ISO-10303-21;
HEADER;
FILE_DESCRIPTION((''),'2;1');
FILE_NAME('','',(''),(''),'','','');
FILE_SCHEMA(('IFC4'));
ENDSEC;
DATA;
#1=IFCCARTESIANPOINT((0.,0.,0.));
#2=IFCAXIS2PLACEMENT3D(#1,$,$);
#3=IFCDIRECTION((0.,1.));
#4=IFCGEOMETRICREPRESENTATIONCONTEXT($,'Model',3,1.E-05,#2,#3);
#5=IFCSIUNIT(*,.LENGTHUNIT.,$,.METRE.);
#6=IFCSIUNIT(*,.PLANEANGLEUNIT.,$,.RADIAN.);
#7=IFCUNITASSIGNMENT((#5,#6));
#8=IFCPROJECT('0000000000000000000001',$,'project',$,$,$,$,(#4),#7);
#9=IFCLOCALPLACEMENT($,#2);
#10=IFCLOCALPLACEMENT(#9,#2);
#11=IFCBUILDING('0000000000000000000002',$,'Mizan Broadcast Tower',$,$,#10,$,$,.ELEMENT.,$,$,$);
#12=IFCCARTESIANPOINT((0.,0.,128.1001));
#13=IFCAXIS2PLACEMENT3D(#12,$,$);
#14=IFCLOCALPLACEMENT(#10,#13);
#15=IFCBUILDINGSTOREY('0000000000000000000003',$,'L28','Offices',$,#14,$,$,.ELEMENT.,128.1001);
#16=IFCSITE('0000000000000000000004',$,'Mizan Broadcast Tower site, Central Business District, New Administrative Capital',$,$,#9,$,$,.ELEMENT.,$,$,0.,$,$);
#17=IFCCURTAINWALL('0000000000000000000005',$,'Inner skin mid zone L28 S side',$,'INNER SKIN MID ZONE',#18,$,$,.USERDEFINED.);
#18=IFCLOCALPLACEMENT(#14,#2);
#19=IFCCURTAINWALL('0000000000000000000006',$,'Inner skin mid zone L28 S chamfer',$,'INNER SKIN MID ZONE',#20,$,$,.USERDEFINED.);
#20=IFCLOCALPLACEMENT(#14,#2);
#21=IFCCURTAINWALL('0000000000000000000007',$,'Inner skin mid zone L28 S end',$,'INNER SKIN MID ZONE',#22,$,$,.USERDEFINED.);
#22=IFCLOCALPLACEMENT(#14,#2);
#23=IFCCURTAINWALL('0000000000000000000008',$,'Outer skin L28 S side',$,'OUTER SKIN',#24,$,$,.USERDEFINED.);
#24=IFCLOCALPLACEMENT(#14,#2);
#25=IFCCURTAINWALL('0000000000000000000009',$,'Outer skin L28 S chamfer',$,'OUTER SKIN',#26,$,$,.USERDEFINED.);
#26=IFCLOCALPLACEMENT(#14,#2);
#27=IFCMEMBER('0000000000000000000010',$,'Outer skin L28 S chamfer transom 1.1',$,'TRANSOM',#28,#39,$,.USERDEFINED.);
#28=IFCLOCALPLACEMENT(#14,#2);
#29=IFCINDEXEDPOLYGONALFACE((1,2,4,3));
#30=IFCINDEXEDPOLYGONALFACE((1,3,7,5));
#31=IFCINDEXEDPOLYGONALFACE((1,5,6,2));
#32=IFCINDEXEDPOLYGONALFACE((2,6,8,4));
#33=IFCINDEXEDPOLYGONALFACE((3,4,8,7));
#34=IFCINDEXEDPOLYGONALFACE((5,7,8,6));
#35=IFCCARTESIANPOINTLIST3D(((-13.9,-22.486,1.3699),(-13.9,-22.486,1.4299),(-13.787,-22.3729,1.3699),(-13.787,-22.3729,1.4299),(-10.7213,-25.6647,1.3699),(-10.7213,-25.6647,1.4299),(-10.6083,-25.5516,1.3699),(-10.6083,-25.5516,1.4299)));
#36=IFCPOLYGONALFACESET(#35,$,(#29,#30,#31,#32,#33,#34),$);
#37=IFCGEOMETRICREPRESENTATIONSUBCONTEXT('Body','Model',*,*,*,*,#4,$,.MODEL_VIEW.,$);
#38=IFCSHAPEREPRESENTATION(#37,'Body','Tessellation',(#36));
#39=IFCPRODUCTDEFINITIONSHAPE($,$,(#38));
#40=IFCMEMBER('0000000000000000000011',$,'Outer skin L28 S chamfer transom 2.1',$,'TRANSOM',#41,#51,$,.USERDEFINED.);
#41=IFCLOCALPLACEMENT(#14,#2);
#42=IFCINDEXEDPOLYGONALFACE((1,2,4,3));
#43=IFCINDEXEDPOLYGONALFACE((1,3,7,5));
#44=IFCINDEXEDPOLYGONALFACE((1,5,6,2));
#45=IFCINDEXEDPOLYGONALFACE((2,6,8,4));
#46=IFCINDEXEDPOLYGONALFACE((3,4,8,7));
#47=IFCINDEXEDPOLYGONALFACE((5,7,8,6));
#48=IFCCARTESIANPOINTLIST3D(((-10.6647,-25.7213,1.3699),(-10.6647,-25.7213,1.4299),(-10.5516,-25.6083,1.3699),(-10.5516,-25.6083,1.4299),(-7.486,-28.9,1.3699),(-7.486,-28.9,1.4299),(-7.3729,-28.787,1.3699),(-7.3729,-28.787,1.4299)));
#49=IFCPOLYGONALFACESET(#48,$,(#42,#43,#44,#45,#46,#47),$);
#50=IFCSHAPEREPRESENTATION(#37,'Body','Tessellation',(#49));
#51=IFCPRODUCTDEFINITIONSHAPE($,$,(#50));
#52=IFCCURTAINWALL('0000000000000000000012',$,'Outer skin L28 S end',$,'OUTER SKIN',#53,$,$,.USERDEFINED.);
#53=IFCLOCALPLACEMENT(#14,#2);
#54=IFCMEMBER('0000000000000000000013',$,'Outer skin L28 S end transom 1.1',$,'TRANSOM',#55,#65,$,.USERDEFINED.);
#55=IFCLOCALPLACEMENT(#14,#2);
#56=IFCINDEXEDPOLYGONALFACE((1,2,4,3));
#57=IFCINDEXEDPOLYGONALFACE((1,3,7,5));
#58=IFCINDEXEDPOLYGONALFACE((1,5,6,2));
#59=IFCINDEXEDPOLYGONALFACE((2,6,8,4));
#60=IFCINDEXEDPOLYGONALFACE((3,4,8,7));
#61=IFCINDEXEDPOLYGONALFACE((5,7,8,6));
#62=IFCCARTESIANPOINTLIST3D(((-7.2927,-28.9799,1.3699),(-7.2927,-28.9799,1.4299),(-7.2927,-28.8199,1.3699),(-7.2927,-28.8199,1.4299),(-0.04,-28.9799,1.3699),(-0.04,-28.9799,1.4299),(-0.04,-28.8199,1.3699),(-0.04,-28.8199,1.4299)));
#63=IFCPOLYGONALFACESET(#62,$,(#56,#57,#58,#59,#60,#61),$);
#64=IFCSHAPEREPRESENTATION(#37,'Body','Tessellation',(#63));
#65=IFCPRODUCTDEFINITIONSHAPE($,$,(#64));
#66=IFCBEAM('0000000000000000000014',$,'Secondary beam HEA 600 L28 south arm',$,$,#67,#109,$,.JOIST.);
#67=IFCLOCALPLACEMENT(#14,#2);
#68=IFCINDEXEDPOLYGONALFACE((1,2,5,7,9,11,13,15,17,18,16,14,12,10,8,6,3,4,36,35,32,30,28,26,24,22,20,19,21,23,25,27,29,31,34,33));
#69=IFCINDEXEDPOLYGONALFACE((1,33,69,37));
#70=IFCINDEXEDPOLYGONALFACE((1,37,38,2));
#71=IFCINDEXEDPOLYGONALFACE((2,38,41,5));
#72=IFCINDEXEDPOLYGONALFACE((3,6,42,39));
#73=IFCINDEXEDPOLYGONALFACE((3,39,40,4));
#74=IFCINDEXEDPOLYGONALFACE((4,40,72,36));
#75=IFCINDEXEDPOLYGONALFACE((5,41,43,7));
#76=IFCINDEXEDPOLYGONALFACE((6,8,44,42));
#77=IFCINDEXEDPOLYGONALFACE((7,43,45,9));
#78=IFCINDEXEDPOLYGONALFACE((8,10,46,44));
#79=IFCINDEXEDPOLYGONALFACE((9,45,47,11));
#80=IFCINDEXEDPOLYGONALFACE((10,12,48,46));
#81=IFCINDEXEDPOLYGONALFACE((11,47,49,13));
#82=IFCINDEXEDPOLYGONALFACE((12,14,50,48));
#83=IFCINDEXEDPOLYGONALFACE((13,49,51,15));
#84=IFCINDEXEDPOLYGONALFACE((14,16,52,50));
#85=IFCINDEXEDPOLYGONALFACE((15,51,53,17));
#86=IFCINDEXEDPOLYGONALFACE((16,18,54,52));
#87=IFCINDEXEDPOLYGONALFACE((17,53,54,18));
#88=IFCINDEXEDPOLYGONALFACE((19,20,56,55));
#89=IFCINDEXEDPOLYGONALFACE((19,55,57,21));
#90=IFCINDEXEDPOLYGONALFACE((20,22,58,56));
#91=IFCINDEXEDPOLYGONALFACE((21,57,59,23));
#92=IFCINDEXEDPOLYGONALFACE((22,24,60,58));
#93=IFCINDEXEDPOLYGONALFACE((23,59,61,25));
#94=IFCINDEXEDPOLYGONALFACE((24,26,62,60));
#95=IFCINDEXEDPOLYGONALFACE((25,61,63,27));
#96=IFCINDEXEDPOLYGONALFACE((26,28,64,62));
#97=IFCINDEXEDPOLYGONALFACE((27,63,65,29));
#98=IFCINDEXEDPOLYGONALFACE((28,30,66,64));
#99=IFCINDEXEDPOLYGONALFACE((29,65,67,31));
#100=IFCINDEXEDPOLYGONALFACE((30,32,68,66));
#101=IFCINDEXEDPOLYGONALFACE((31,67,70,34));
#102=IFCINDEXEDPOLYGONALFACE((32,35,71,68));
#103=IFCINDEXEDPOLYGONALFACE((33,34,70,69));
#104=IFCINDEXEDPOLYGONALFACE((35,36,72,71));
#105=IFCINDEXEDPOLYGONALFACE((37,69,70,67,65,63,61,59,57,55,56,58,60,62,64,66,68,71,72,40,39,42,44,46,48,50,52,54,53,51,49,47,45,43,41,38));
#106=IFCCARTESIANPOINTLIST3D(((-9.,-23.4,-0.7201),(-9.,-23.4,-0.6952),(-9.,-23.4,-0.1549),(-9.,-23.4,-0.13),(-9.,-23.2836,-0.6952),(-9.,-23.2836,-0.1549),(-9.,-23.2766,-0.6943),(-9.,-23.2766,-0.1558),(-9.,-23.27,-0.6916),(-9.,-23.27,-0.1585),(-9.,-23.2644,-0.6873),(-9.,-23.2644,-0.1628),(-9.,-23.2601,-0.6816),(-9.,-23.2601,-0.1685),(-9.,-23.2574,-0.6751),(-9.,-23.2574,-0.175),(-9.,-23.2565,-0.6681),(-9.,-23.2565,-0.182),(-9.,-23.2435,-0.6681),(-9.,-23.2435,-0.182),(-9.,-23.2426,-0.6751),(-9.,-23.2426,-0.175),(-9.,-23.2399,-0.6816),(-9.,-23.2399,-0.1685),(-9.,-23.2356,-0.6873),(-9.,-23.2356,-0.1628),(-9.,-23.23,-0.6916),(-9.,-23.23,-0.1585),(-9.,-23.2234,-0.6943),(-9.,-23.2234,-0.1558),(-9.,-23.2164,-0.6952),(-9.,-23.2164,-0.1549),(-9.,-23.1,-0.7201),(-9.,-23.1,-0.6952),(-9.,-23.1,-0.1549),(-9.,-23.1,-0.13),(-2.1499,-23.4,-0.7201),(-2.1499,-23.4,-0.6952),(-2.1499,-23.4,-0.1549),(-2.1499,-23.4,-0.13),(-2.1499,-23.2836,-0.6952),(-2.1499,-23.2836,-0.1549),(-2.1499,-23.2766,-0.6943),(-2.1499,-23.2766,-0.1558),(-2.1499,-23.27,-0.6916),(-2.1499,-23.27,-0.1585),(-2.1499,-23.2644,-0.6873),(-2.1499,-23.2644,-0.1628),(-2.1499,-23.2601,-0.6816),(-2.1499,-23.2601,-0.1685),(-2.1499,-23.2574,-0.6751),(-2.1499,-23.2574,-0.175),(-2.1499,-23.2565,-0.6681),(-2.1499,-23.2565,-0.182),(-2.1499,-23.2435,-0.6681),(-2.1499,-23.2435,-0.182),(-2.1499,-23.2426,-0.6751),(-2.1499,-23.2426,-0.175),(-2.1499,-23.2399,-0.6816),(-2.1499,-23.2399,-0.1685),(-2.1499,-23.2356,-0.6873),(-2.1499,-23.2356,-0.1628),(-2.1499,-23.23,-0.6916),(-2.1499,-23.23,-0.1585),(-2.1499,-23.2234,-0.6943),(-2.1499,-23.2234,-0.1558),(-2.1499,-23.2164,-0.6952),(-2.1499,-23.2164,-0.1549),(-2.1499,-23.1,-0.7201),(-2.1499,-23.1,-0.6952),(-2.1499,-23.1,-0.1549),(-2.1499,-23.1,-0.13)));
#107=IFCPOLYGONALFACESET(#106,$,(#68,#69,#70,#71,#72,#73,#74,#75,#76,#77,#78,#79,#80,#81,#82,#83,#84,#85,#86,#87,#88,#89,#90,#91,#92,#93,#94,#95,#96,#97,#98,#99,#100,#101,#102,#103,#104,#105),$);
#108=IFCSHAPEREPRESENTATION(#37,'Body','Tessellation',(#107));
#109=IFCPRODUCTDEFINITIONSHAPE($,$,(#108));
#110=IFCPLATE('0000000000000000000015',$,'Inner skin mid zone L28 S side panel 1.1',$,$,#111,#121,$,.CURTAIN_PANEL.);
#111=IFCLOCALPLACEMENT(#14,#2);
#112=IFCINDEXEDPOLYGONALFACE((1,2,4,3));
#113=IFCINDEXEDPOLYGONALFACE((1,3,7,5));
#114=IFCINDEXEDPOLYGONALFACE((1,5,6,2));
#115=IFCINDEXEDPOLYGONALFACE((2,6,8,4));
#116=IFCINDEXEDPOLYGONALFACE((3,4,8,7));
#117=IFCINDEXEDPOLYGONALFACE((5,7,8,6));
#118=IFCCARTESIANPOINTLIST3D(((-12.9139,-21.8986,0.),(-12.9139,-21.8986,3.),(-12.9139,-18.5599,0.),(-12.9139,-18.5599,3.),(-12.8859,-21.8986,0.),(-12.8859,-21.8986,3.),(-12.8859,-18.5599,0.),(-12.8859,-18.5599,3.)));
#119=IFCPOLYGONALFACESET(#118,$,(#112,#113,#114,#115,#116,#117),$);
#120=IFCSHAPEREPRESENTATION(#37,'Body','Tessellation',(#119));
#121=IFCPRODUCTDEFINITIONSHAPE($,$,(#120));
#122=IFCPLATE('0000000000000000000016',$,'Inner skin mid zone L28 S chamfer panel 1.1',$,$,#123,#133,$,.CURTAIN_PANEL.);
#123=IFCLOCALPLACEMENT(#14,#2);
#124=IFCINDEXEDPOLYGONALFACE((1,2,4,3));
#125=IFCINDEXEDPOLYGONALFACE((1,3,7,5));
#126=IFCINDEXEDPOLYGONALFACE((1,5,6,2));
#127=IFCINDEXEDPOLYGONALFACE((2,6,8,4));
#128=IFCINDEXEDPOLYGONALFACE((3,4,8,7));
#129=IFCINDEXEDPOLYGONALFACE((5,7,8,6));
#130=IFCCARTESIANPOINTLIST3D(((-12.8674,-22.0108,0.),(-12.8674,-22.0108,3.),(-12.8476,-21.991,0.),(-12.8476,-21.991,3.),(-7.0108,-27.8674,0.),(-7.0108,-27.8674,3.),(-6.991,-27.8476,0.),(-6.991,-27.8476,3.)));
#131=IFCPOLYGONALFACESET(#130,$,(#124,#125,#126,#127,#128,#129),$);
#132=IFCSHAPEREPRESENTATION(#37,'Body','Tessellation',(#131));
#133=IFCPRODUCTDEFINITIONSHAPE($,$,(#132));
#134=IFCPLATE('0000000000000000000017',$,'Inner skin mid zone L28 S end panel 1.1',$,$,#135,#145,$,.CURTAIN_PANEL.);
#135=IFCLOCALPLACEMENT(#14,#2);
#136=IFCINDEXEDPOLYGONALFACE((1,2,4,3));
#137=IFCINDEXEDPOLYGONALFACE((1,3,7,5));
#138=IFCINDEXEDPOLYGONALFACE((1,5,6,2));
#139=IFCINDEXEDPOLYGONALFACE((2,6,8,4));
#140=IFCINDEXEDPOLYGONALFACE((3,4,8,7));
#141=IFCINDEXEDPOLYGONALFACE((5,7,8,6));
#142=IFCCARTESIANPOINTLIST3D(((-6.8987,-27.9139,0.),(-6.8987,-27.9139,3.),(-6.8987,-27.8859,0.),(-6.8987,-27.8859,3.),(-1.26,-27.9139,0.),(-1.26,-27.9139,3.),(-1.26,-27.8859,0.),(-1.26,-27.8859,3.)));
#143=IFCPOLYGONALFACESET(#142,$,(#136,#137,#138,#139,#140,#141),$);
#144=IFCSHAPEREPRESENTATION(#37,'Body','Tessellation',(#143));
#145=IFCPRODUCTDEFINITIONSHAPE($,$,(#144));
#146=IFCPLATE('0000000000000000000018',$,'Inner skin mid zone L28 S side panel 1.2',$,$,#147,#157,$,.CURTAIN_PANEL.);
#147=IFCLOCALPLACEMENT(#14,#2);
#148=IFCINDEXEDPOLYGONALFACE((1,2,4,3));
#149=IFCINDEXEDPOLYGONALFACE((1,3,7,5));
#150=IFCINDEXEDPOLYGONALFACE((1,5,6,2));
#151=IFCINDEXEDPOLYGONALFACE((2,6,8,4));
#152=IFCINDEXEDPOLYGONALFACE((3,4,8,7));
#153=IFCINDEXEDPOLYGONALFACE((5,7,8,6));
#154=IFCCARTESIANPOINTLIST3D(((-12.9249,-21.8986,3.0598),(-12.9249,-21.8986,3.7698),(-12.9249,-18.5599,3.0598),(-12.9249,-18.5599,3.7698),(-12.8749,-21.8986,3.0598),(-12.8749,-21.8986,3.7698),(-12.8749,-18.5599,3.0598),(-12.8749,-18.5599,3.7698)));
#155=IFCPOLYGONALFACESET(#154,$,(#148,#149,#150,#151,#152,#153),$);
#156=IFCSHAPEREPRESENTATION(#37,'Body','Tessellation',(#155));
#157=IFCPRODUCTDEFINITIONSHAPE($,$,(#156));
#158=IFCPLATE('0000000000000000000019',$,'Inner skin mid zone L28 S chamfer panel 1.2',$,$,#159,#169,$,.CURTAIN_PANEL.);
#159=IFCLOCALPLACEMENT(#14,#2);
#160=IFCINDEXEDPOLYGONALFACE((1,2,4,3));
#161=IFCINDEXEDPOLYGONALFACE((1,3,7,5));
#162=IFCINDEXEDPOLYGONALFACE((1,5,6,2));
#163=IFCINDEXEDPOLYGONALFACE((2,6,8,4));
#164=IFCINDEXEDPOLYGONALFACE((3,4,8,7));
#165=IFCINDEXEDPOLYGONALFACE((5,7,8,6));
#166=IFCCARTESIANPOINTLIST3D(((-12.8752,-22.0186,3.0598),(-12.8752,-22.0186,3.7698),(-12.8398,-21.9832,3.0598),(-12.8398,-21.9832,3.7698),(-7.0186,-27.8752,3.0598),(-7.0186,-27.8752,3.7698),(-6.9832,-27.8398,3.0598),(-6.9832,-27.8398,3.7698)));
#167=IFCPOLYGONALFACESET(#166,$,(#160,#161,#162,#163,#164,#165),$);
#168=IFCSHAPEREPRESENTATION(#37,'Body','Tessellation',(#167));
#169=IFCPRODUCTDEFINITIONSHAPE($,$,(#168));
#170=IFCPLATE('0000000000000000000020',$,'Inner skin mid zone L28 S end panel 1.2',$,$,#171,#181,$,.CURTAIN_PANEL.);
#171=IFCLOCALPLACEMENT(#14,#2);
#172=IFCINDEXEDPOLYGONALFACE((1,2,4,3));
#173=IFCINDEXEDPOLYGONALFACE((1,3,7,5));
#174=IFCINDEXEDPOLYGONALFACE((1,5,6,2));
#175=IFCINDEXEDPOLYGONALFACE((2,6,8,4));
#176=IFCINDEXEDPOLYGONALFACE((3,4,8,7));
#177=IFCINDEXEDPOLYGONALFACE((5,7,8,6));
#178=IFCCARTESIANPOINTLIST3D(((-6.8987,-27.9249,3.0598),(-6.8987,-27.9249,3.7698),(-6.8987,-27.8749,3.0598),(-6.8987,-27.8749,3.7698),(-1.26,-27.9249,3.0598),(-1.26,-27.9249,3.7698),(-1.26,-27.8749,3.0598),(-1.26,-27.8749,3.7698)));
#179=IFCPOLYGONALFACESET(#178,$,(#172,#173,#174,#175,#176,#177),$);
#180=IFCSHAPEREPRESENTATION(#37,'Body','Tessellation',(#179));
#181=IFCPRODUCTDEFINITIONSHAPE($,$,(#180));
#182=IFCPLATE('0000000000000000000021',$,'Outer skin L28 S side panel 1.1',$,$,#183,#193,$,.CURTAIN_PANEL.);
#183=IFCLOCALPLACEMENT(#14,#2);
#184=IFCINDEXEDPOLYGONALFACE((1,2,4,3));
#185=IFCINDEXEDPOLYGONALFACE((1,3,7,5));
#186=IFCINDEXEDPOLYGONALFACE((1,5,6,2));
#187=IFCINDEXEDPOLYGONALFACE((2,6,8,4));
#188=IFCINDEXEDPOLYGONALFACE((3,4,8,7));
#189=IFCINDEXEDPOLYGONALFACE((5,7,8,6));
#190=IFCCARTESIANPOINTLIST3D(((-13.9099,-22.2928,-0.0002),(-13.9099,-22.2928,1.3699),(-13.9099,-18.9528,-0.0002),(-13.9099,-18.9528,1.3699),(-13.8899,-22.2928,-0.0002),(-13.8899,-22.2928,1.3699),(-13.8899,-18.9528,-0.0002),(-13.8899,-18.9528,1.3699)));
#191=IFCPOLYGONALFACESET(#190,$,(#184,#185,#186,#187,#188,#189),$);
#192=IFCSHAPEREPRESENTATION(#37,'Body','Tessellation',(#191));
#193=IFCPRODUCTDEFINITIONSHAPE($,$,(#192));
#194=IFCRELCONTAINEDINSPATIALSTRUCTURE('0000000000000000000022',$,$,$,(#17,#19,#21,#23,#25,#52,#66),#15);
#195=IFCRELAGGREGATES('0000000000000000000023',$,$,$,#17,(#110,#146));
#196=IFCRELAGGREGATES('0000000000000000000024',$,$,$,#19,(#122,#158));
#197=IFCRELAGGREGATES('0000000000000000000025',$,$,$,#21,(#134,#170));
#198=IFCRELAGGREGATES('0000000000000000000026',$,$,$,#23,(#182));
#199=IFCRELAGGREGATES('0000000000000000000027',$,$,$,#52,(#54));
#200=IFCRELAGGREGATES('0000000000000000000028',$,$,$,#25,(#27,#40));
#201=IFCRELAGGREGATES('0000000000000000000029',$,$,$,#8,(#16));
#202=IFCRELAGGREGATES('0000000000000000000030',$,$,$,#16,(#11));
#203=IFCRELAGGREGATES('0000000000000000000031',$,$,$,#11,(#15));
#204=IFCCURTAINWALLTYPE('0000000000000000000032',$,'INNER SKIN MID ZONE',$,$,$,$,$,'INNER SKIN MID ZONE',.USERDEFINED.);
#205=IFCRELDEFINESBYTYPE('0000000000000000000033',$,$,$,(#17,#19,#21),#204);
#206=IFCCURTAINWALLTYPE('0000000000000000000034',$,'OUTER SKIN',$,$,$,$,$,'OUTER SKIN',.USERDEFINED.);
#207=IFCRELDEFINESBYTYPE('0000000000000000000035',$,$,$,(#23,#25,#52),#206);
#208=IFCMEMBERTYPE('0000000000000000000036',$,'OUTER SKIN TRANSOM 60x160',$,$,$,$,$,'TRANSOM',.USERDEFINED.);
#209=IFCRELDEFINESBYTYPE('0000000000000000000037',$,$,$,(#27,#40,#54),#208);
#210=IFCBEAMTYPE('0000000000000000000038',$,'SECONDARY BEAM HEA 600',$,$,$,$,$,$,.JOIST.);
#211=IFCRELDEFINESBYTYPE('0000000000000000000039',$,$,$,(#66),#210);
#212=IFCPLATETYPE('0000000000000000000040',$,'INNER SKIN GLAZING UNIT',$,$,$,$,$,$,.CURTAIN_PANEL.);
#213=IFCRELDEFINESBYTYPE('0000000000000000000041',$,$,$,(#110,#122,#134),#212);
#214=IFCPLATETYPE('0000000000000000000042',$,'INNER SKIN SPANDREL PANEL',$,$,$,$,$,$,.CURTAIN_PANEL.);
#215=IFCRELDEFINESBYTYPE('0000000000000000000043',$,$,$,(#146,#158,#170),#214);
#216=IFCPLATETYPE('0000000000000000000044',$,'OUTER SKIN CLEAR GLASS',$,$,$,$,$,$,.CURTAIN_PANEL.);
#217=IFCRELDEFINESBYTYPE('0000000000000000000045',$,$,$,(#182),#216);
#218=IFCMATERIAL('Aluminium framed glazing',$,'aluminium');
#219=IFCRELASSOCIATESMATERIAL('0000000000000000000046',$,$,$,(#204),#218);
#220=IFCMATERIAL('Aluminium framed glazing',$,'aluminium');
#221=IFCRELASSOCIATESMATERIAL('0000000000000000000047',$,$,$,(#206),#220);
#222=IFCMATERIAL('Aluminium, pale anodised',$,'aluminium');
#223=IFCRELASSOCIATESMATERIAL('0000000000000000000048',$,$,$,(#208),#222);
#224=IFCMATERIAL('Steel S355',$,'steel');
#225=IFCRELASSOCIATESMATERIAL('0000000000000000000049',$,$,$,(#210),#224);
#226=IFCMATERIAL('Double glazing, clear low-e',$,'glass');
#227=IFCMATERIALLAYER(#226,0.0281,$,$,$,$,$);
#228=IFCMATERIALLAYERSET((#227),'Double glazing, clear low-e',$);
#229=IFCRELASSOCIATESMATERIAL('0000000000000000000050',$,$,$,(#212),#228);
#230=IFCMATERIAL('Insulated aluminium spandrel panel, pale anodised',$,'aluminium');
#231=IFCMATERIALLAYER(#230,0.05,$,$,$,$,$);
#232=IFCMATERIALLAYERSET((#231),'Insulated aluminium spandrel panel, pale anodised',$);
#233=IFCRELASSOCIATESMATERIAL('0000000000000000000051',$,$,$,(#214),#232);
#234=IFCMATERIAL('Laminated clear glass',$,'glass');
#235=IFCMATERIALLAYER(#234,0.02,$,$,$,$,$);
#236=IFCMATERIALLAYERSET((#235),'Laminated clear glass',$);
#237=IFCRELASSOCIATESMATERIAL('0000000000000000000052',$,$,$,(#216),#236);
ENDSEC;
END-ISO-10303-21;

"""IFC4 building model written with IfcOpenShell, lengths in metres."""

from ifc_helpers import new_model, si_unit, direction, frame, origin, origin_2d, place, context, subcontext, project, spatial, rectangle, i_section, extrude, material, layer, layer_set, material_profile, profile_set, type_object, element, aggregate, save


model = new_model("IFC4")

# Units and contexts
model_context = context("Model", 3, precision=1e-05, world=origin(), true_north=direction((0.0, 1.0)))
body_context = subcontext(model_context, "Body", "Model", "MODEL_VIEW")
ifc_project = project(units=[si_unit("LENGTHUNIT", "METRE"), si_unit("PLANEANGLEUNIT", "RADIAN")], contexts=[model_context])

# Site, building, storey
site_placement = place(None, origin())
site = spatial("IfcSite", under=ifc_project, at=site_placement, Name="Mizan Broadcast Tower site, Central Business District, New Administrative Capital", CompositionType="ELEMENT", RefElevation=0.0)
building_placement = place(site_placement, origin())
building = spatial("IfcBuilding", under=site, at=building_placement, Name="Mizan Broadcast Tower", CompositionType="ELEMENT")
storey_placement = place(building_placement, frame((0.0, 0.0, 128.1001)))
storey = spatial("IfcBuildingStorey", under=building, at=storey_placement, Name="L28", Description="Offices", CompositionType="ELEMENT", Elevation=128.1001)

# Curtain walls
ifc_material_1 = material(Name="Aluminium framed glazing", Category="aluminium")
curtain_wall_type_1 = type_object("IfcCurtainWallType", Name="INNER SKIN MID ZONE", ElementType="INNER SKIN MID ZONE", PredefinedType="USERDEFINED", material=ifc_material_1)
curtain_wall_1_placement = place(storey_placement, origin())
curtain_wall_1 = element("IfcCurtainWall", 1, at=curtain_wall_1_placement, inside=storey, type_object=curtain_wall_type_1, Name="Inner skin mid zone L28 S side", ObjectType="INNER SKIN MID ZONE", PredefinedType="USERDEFINED")
curtain_wall_2_placement = place(storey_placement, origin())
curtain_wall_2 = element("IfcCurtainWall", 2, at=curtain_wall_2_placement, inside=storey, type_object=curtain_wall_type_1, Name="Inner skin mid zone L28 S chamfer", ObjectType="INNER SKIN MID ZONE", PredefinedType="USERDEFINED")
curtain_wall_3_placement = place(storey_placement, origin())
curtain_wall_3 = element("IfcCurtainWall", 3, at=curtain_wall_3_placement, inside=storey, type_object=curtain_wall_type_1, Name="Inner skin mid zone L28 S end", ObjectType="INNER SKIN MID ZONE", PredefinedType="USERDEFINED")

# Curtain wall
ifc_material_2 = material(Name="Aluminium framed glazing", Category="aluminium")
curtain_wall_type_2 = type_object("IfcCurtainWallType", Name="OUTER SKIN", ElementType="OUTER SKIN", PredefinedType="USERDEFINED", material=ifc_material_2)
curtain_wall_4_placement = place(storey_placement, origin())
curtain_wall_4 = element("IfcCurtainWall", 4, at=curtain_wall_4_placement, inside=storey, type_object=curtain_wall_type_2, Name="Outer skin L28 S side", ObjectType="OUTER SKIN", PredefinedType="USERDEFINED")

# Curtain wall, members
curtain_wall_5_placement = place(storey_placement, origin())
curtain_wall_5 = element("IfcCurtainWall", 5, at=curtain_wall_5_placement, inside=storey, type_object=curtain_wall_type_2, Name="Outer skin L28 S chamfer", ObjectType="OUTER SKIN", PredefinedType="USERDEFINED")
ifc_material_3 = material(Name="Aluminium, pale anodised", Category="aluminium")
ifc_material_profile_1 = material_profile(ifc_material_3, rectangle(XDim=0.1599, YDim=0.0601, at=origin_2d()), Name="TRANSOM 160x60")
ifc_profile_set_1 = profile_set([ifc_material_profile_1], Name="Aluminium, pale anodised")
member_type_1 = type_object("IfcMemberType", Name="OUTER SKIN TRANSOM 60x160", ElementType="TRANSOM", PredefinedType="USERDEFINED", material=ifc_profile_set_1)
member_1_placement = place(storey_placement, frame((-13.8435, -22.4294, 1.3999), z_axis=(0.707107, -0.707107, 0.0), x_axis=(0.707107, 0.707107, 0.0)))
member_1 = element("IfcMember", 6, at=member_1_placement, type_object=member_type_1, Name="Outer skin L28 S chamfer transom 1.1", ObjectType="TRANSOM", PredefinedType="USERDEFINED", context=body_context, shape_type="SweptSolid", body=[
    extrude(rectangle(XDim=0.1599, YDim=0.0601, at=origin_2d()), origin(), (0.0, 0.0, 1.0), 4.4954),
])
member_2_placement = place(storey_placement, frame((-10.6082, -25.6648, 1.3999), z_axis=(0.707107, -0.707107, 0.0), x_axis=(0.707107, 0.707107, 0.0)))
member_2 = element("IfcMember", 7, at=member_2_placement, type_object=member_type_1, Name="Outer skin L28 S chamfer transom 2.1", ObjectType="TRANSOM", PredefinedType="USERDEFINED", context=body_context, shape_type="SweptSolid", body=[
    extrude(rectangle(XDim=0.1599, YDim=0.0601, at=origin_2d()), origin(), (0.0, 0.0, 1.0), 4.4954),
])

# Curtain wall, member
curtain_wall_6_placement = place(storey_placement, origin())
curtain_wall_6 = element("IfcCurtainWall", 8, at=curtain_wall_6_placement, inside=storey, type_object=curtain_wall_type_2, Name="Outer skin L28 S end", ObjectType="OUTER SKIN", PredefinedType="USERDEFINED")
member_3_placement = place(storey_placement, frame((-7.2927, -28.8999, 1.3999), z_axis=(1.0, 0.0, 0.0), x_axis=(0.0, 1.0, 0.0)))
member_3 = element("IfcMember", 9, at=member_3_placement, type_object=member_type_1, Name="Outer skin L28 S end transom 1.1", ObjectType="TRANSOM", PredefinedType="USERDEFINED", context=body_context, shape_type="SweptSolid", body=[
    extrude(rectangle(XDim=0.1599, YDim=0.0601, at=origin_2d()), origin(), (0.0, 0.0, 1.0), 7.2527),
])

# Beam
ifc_material_4 = material(Name="Steel S355", Category="steel")
ifc_material_profile_2 = material_profile(ifc_material_4, i_section(OverallWidth=0.3, OverallDepth=0.5901, WebThickness=0.0129, FlangeThickness=0.0249, FilletRadius=0.0271, at=origin_2d()), Name="HEA 600")
ifc_profile_set_2 = profile_set([ifc_material_profile_2], Name="Steel S355")
beam_type_1 = type_object("IfcBeamType", Name="SECONDARY BEAM HEA 600", PredefinedType="JOIST", material=ifc_profile_set_2)
beam_1_placement = place(storey_placement, frame((-9.0, -23.25, -0.425), z_axis=(1.0, 0.0, 0.0), x_axis=(0.0, 1.0, 0.0)))
element("IfcBeam", 10, at=beam_1_placement, inside=storey, type_object=beam_type_1, Name="Secondary beam HEA 600 L28 south arm", PredefinedType="JOIST", context=body_context, shape_type="SweptSolid", body=[
    extrude(i_section(OverallWidth=0.3, OverallDepth=0.5901, WebThickness=0.0129, FlangeThickness=0.0249, FilletRadius=0.0271, at=origin_2d()), origin(), (0.0, 0.0, 1.0), 6.8501),
])

# Plates
ifc_material_5 = material(Name="Double glazing, clear low-e", Category="glass")
ifc_layer_1 = layer(ifc_material_5, 0.0281)
ifc_layer_set_1 = layer_set([ifc_layer_1], Name="Double glazing, clear low-e")
plate_type_1 = type_object("IfcPlateType", Name="INNER SKIN GLAZING UNIT", PredefinedType="CURTAIN_PANEL", material=ifc_layer_set_1)
plate_1_placement = place(storey_placement, frame((-12.8999, -20.2292, 0.0), z_axis=(0.0, 0.0, 1.0), x_axis=(0.0, -1.0, 0.0)))
plate_1 = element("IfcPlate", 11, at=plate_1_placement, type_object=plate_type_1, Name="Inner skin mid zone L28 S side panel 1.1", PredefinedType="CURTAIN_PANEL", context=body_context, shape_type="SweptSolid", body=[
    extrude(rectangle(XDim=3.3386, YDim=0.0281, at=origin_2d()), origin(), (0.0, 0.0, 1.0), 3.0),
])
plate_2_placement = place(storey_placement, frame((-9.9292, -24.9292, 0.0), z_axis=(0.0, 0.0, 1.0), x_axis=(0.707107, -0.707107, 0.0)))
plate_2 = element("IfcPlate", 12, at=plate_2_placement, type_object=plate_type_1, Name="Inner skin mid zone L28 S chamfer panel 1.1", PredefinedType="CURTAIN_PANEL", context=body_context, shape_type="SweptSolid", body=[
    extrude(rectangle(XDim=8.2825, YDim=0.0281, at=origin_2d()), origin(), (0.0, 0.0, 1.0), 3.0),
])
plate_3_placement = place(storey_placement, frame((-4.0793, -27.8999, 0.0), z_axis=(0.0, 0.0, 1.0), x_axis=(1.0, 0.0, 0.0)))
plate_3 = element("IfcPlate", 13, at=plate_3_placement, type_object=plate_type_1, Name="Inner skin mid zone L28 S end panel 1.1", PredefinedType="CURTAIN_PANEL", context=body_context, shape_type="SweptSolid", body=[
    extrude(rectangle(XDim=5.6387, YDim=0.0281, at=origin_2d()), origin(), (0.0, 0.0, 1.0), 3.0),
])
ifc_material_6 = material(Name="Insulated aluminium spandrel panel, pale anodised", Category="aluminium")
ifc_layer_2 = layer(ifc_material_6, 0.05)
ifc_layer_set_2 = layer_set([ifc_layer_2], Name="Insulated aluminium spandrel panel, pale anodised")
plate_type_2 = type_object("IfcPlateType", Name="INNER SKIN SPANDREL PANEL", PredefinedType="CURTAIN_PANEL", material=ifc_layer_set_2)
plate_4_placement = place(storey_placement, frame((-12.8999, -20.2292, 3.0598), z_axis=(0.0, 0.0, 1.0), x_axis=(0.0, -1.0, 0.0)))
plate_4 = element("IfcPlate", 14, at=plate_4_placement, type_object=plate_type_2, Name="Inner skin mid zone L28 S side panel 1.2", PredefinedType="CURTAIN_PANEL", context=body_context, shape_type="SweptSolid", body=[
    extrude(rectangle(XDim=3.3386, YDim=0.05, at=origin_2d()), origin(), (0.0, 0.0, 1.0), 0.71),
])
aggregate(curtain_wall_1, [plate_1, plate_4])
plate_5_placement = place(storey_placement, frame((-9.9292, -24.9292, 3.0598), z_axis=(0.0, 0.0, 1.0), x_axis=(0.707107, -0.707107, 0.0)))
plate_5 = element("IfcPlate", 15, at=plate_5_placement, type_object=plate_type_2, Name="Inner skin mid zone L28 S chamfer panel 1.2", PredefinedType="CURTAIN_PANEL", context=body_context, shape_type="SweptSolid", body=[
    extrude(rectangle(XDim=8.2825, YDim=0.05, at=origin_2d()), origin(), (0.0, 0.0, 1.0), 0.71),
])
aggregate(curtain_wall_2, [plate_2, plate_5])
plate_6_placement = place(storey_placement, frame((-4.0793, -27.8999, 3.0598), z_axis=(0.0, 0.0, 1.0), x_axis=(1.0, 0.0, 0.0)))
plate_6 = element("IfcPlate", 16, at=plate_6_placement, type_object=plate_type_2, Name="Inner skin mid zone L28 S end panel 1.2", PredefinedType="CURTAIN_PANEL", context=body_context, shape_type="SweptSolid", body=[
    extrude(rectangle(XDim=5.6387, YDim=0.05, at=origin_2d()), origin(), (0.0, 0.0, 1.0), 0.71),
])
aggregate(curtain_wall_3, [plate_3, plate_6])
ifc_material_7 = material(Name="Laminated clear glass", Category="glass")
ifc_layer_3 = layer(ifc_material_7, 0.02)
ifc_layer_set_3 = layer_set([ifc_layer_3], Name="Laminated clear glass")
plate_type_3 = type_object("IfcPlateType", Name="OUTER SKIN CLEAR GLASS", PredefinedType="CURTAIN_PANEL", material=ifc_layer_set_3)
plate_7_placement = place(storey_placement, frame((-13.8999, -20.6228, -0.0002), z_axis=(0.0, 0.0, 1.0), x_axis=(0.0, -1.0, 0.0)))
plate_7 = element("IfcPlate", 17, at=plate_7_placement, type_object=plate_type_3, Name="Outer skin L28 S side panel 1.1", PredefinedType="CURTAIN_PANEL", context=body_context, shape_type="SweptSolid", body=[
    extrude(rectangle(XDim=3.3401, YDim=0.02, at=origin_2d()), origin(), (0.0, 0.0, 1.0), 1.3701),
])
aggregate(curtain_wall_4, [plate_7])
aggregate(curtain_wall_6, [member_3])
aggregate(curtain_wall_5, [member_1, member_2])

save(model, "model.ifc")
